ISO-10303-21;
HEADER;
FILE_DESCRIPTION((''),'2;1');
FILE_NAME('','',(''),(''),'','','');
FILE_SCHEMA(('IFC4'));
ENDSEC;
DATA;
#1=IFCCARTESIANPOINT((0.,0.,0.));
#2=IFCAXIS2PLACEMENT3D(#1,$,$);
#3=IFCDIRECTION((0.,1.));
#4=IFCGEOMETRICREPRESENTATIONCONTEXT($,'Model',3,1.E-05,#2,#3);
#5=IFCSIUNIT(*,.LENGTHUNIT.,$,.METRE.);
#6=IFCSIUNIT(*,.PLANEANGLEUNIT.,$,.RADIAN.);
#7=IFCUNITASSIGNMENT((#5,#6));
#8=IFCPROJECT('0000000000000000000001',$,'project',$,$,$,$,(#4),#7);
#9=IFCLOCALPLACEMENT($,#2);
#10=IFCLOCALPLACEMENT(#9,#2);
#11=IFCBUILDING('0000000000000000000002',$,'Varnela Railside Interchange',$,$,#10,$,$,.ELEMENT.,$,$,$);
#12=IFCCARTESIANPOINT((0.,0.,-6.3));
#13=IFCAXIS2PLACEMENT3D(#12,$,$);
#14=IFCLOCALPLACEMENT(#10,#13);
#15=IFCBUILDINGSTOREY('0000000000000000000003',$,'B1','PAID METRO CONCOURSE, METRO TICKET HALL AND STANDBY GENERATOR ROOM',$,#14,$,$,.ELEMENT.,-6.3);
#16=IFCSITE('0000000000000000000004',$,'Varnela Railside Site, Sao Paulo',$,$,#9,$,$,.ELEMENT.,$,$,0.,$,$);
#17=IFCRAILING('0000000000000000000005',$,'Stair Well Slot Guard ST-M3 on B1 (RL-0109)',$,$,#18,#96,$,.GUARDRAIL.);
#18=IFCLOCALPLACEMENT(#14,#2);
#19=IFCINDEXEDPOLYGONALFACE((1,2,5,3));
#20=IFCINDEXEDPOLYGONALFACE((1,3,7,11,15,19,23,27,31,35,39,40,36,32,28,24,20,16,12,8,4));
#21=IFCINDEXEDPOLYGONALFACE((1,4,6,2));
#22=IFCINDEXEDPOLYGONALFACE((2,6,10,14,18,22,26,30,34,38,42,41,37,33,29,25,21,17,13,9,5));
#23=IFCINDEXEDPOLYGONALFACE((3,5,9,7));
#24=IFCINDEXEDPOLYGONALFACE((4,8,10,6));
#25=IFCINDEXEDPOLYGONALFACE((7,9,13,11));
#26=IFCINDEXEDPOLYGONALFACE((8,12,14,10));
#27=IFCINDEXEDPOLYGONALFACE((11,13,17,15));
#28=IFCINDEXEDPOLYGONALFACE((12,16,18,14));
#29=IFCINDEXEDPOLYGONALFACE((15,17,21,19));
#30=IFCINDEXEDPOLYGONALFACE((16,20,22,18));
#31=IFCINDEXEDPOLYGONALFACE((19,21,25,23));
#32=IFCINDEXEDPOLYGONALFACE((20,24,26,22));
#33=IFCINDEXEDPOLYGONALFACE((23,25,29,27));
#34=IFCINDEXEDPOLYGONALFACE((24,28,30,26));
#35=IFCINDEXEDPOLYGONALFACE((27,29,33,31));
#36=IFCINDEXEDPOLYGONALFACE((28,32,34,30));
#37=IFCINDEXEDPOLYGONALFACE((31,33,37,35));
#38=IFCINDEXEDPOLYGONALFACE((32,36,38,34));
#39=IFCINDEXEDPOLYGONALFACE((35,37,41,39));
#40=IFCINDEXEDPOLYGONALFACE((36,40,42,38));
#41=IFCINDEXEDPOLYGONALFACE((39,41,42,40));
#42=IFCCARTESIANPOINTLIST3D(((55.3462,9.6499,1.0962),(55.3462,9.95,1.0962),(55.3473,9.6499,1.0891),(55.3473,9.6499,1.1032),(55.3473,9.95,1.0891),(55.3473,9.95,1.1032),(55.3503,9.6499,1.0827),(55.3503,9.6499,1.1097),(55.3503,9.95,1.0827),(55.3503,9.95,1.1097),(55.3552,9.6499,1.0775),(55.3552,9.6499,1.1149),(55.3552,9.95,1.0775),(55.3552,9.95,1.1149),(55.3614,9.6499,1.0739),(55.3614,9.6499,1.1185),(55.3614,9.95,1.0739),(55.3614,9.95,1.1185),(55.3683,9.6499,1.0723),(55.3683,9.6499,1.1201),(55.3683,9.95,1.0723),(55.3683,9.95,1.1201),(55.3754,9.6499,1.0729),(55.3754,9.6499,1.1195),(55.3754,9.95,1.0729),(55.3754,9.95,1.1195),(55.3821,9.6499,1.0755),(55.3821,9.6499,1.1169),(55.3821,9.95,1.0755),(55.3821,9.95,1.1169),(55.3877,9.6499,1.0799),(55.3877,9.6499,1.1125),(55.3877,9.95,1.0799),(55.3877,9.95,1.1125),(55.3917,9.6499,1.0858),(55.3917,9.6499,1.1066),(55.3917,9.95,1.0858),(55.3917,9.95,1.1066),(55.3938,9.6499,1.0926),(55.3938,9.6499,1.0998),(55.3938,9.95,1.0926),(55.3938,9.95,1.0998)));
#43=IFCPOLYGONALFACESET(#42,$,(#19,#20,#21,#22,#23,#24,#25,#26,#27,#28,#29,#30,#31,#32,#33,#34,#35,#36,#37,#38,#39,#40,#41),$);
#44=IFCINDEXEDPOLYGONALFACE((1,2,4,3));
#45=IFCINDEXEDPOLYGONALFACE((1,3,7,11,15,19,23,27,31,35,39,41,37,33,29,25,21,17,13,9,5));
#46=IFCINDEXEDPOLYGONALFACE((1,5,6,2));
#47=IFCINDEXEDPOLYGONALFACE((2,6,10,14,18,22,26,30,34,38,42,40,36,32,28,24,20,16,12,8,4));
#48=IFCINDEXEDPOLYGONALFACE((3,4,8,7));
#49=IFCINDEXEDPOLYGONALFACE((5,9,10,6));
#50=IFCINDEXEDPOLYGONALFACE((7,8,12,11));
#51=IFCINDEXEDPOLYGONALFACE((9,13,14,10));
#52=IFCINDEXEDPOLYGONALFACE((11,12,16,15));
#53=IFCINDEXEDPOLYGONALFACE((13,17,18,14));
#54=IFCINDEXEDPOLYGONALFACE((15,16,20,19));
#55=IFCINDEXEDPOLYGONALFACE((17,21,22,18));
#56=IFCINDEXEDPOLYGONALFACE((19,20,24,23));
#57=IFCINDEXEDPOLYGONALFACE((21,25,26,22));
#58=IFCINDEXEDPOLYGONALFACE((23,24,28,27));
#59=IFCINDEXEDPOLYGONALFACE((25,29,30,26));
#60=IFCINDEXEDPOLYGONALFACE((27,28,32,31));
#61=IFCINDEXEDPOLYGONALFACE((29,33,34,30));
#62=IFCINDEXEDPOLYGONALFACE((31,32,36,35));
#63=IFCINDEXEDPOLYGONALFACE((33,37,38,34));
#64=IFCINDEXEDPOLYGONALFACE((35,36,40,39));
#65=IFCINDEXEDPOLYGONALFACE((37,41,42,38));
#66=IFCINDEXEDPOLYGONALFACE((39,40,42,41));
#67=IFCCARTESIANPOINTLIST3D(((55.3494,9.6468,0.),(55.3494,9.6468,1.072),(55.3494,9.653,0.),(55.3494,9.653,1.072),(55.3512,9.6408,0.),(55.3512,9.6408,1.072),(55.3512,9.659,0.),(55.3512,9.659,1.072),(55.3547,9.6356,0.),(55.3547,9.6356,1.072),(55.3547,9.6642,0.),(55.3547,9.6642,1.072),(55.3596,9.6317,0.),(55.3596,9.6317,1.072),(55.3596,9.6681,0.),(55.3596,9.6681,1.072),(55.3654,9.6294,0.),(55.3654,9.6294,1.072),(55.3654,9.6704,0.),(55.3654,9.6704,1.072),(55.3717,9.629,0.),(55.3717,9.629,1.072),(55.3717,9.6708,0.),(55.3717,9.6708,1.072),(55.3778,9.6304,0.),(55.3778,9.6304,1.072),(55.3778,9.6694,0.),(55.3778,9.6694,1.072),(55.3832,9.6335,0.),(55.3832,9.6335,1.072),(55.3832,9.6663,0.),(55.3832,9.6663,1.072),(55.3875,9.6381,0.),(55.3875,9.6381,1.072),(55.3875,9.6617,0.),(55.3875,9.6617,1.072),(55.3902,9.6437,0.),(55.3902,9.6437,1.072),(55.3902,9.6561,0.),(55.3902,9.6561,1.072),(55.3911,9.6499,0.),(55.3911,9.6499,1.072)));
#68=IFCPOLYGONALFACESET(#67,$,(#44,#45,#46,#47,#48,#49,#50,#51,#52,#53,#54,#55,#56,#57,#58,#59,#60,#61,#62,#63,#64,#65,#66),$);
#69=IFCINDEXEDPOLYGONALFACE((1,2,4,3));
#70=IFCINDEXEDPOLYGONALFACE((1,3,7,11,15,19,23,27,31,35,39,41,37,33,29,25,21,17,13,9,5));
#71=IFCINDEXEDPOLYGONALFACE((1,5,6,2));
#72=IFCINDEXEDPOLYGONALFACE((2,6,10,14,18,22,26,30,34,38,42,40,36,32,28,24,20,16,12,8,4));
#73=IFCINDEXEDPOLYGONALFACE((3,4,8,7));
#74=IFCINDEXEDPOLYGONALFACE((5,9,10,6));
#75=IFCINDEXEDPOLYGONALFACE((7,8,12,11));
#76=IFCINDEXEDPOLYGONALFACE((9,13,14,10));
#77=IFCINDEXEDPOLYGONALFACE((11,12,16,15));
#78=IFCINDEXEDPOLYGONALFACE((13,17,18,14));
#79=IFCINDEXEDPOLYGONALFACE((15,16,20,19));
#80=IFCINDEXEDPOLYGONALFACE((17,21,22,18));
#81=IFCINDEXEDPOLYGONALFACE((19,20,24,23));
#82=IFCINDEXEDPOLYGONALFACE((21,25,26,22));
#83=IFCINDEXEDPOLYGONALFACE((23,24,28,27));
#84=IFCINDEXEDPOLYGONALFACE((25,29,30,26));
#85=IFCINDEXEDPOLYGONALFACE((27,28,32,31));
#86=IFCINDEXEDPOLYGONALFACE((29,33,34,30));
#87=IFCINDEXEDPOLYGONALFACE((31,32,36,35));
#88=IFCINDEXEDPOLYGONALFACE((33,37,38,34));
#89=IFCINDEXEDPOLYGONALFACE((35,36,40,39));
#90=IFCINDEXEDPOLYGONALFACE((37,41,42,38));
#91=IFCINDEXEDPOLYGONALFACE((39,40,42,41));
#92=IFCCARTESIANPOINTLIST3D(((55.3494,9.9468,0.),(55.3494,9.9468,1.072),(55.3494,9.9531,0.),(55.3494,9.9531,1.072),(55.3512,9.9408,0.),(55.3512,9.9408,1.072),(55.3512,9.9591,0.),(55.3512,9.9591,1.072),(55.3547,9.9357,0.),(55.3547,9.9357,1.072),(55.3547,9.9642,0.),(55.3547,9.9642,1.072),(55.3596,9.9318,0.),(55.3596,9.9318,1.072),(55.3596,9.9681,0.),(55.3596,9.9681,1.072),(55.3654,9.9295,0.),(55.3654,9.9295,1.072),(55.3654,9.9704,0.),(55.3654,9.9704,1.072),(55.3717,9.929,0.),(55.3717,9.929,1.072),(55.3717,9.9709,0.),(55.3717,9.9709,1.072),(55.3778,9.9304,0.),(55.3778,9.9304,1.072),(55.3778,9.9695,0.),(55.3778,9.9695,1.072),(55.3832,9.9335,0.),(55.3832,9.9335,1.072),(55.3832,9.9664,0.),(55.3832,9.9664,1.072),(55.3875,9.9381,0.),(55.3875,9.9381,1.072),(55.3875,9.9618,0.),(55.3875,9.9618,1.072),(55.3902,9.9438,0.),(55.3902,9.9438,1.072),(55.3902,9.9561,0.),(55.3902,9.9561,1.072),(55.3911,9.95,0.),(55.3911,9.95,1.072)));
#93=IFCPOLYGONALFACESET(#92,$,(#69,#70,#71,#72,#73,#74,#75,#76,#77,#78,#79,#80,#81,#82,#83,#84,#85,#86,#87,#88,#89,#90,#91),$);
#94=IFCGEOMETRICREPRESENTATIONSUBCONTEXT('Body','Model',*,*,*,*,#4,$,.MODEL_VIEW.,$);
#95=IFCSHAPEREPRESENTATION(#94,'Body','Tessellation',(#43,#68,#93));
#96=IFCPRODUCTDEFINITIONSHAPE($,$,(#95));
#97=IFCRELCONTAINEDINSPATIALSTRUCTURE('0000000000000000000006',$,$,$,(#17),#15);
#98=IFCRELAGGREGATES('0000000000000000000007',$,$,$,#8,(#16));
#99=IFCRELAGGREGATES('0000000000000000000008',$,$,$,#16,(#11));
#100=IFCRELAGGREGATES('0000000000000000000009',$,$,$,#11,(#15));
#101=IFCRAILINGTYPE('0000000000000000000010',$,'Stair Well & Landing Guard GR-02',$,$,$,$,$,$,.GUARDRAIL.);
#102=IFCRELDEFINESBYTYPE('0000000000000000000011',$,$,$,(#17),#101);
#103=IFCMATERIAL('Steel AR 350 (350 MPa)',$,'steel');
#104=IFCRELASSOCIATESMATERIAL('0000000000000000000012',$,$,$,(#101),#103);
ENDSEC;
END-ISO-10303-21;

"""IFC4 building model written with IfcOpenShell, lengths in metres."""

from ifc_helpers import new_model, si_unit, direction, frame, origin, origin_2d, place, context, subcontext, project, spatial, circle, extrude, material, type_object, element, save


model = new_model("IFC4")

# Units and contexts
model_context = context("Model", 3, precision=1e-05, world=origin(), true_north=direction((0.0, 1.0)))
body_context = subcontext(model_context, "Body", "Model", "MODEL_VIEW")
ifc_project = project(units=[si_unit("LENGTHUNIT", "METRE"), si_unit("PLANEANGLEUNIT", "RADIAN")], contexts=[model_context])

# Site, building, storey
site_placement = place(None, origin())
site = spatial("IfcSite", under=ifc_project, at=site_placement, Name="Varnela Railside Site, Sao Paulo", CompositionType="ELEMENT", RefElevation=0.0)
building_placement = place(site_placement, origin())
building = spatial("IfcBuilding", under=site, at=building_placement, Name="Varnela Railside Interchange", CompositionType="ELEMENT")
storey_placement = place(building_placement, frame((0.0, 0.0, -6.3)))
storey = spatial("IfcBuildingStorey", under=building, at=storey_placement, Name="B1", Description="PAID METRO CONCOURSE, METRO TICKET HALL AND STANDBY GENERATOR ROOM", CompositionType="ELEMENT", Elevation=-6.3)

# Shared definitions
ifc_material_1 = material(Name="Steel AR 350 (350 MPa)", Category="steel")

# Railing
railing_type_1 = type_object("IfcRailingType", Name="Stair Well & Landing Guard GR-02", PredefinedType="GUARDRAIL", material=ifc_material_1)
railing_1_placement = place(storey_placement, frame((55.3701, 9.6499, 0.0)))
element("IfcRailing", 1, at=railing_1_placement, inside=storey, type_object=railing_type_1, Name="Stair Well Slot Guard ST-M3 on B1 (RL-0109)", PredefinedType="GUARDRAIL", context=body_context, shape_type="SweptSolid", body=[
    extrude(circle(Radius=0.0239, at=origin_2d()), frame((0.0, 0.0, 1.0962), z_axis=(0.0, 1.0, 0.0), x_axis=(-1.0, 0.0, 0.0)), (0.0, 0.0, 1.0), 0.3),
    extrude(circle(Radius=0.021, at=origin_2d()), origin(), (0.0, 0.0, 1.0), 1.072),
    extrude(circle(Radius=0.021, at=origin_2d()), frame((0.0, 0.3, 0.0)), (0.0, 0.0, 1.0), 1.072),
])

save(model, "model.ifc")
